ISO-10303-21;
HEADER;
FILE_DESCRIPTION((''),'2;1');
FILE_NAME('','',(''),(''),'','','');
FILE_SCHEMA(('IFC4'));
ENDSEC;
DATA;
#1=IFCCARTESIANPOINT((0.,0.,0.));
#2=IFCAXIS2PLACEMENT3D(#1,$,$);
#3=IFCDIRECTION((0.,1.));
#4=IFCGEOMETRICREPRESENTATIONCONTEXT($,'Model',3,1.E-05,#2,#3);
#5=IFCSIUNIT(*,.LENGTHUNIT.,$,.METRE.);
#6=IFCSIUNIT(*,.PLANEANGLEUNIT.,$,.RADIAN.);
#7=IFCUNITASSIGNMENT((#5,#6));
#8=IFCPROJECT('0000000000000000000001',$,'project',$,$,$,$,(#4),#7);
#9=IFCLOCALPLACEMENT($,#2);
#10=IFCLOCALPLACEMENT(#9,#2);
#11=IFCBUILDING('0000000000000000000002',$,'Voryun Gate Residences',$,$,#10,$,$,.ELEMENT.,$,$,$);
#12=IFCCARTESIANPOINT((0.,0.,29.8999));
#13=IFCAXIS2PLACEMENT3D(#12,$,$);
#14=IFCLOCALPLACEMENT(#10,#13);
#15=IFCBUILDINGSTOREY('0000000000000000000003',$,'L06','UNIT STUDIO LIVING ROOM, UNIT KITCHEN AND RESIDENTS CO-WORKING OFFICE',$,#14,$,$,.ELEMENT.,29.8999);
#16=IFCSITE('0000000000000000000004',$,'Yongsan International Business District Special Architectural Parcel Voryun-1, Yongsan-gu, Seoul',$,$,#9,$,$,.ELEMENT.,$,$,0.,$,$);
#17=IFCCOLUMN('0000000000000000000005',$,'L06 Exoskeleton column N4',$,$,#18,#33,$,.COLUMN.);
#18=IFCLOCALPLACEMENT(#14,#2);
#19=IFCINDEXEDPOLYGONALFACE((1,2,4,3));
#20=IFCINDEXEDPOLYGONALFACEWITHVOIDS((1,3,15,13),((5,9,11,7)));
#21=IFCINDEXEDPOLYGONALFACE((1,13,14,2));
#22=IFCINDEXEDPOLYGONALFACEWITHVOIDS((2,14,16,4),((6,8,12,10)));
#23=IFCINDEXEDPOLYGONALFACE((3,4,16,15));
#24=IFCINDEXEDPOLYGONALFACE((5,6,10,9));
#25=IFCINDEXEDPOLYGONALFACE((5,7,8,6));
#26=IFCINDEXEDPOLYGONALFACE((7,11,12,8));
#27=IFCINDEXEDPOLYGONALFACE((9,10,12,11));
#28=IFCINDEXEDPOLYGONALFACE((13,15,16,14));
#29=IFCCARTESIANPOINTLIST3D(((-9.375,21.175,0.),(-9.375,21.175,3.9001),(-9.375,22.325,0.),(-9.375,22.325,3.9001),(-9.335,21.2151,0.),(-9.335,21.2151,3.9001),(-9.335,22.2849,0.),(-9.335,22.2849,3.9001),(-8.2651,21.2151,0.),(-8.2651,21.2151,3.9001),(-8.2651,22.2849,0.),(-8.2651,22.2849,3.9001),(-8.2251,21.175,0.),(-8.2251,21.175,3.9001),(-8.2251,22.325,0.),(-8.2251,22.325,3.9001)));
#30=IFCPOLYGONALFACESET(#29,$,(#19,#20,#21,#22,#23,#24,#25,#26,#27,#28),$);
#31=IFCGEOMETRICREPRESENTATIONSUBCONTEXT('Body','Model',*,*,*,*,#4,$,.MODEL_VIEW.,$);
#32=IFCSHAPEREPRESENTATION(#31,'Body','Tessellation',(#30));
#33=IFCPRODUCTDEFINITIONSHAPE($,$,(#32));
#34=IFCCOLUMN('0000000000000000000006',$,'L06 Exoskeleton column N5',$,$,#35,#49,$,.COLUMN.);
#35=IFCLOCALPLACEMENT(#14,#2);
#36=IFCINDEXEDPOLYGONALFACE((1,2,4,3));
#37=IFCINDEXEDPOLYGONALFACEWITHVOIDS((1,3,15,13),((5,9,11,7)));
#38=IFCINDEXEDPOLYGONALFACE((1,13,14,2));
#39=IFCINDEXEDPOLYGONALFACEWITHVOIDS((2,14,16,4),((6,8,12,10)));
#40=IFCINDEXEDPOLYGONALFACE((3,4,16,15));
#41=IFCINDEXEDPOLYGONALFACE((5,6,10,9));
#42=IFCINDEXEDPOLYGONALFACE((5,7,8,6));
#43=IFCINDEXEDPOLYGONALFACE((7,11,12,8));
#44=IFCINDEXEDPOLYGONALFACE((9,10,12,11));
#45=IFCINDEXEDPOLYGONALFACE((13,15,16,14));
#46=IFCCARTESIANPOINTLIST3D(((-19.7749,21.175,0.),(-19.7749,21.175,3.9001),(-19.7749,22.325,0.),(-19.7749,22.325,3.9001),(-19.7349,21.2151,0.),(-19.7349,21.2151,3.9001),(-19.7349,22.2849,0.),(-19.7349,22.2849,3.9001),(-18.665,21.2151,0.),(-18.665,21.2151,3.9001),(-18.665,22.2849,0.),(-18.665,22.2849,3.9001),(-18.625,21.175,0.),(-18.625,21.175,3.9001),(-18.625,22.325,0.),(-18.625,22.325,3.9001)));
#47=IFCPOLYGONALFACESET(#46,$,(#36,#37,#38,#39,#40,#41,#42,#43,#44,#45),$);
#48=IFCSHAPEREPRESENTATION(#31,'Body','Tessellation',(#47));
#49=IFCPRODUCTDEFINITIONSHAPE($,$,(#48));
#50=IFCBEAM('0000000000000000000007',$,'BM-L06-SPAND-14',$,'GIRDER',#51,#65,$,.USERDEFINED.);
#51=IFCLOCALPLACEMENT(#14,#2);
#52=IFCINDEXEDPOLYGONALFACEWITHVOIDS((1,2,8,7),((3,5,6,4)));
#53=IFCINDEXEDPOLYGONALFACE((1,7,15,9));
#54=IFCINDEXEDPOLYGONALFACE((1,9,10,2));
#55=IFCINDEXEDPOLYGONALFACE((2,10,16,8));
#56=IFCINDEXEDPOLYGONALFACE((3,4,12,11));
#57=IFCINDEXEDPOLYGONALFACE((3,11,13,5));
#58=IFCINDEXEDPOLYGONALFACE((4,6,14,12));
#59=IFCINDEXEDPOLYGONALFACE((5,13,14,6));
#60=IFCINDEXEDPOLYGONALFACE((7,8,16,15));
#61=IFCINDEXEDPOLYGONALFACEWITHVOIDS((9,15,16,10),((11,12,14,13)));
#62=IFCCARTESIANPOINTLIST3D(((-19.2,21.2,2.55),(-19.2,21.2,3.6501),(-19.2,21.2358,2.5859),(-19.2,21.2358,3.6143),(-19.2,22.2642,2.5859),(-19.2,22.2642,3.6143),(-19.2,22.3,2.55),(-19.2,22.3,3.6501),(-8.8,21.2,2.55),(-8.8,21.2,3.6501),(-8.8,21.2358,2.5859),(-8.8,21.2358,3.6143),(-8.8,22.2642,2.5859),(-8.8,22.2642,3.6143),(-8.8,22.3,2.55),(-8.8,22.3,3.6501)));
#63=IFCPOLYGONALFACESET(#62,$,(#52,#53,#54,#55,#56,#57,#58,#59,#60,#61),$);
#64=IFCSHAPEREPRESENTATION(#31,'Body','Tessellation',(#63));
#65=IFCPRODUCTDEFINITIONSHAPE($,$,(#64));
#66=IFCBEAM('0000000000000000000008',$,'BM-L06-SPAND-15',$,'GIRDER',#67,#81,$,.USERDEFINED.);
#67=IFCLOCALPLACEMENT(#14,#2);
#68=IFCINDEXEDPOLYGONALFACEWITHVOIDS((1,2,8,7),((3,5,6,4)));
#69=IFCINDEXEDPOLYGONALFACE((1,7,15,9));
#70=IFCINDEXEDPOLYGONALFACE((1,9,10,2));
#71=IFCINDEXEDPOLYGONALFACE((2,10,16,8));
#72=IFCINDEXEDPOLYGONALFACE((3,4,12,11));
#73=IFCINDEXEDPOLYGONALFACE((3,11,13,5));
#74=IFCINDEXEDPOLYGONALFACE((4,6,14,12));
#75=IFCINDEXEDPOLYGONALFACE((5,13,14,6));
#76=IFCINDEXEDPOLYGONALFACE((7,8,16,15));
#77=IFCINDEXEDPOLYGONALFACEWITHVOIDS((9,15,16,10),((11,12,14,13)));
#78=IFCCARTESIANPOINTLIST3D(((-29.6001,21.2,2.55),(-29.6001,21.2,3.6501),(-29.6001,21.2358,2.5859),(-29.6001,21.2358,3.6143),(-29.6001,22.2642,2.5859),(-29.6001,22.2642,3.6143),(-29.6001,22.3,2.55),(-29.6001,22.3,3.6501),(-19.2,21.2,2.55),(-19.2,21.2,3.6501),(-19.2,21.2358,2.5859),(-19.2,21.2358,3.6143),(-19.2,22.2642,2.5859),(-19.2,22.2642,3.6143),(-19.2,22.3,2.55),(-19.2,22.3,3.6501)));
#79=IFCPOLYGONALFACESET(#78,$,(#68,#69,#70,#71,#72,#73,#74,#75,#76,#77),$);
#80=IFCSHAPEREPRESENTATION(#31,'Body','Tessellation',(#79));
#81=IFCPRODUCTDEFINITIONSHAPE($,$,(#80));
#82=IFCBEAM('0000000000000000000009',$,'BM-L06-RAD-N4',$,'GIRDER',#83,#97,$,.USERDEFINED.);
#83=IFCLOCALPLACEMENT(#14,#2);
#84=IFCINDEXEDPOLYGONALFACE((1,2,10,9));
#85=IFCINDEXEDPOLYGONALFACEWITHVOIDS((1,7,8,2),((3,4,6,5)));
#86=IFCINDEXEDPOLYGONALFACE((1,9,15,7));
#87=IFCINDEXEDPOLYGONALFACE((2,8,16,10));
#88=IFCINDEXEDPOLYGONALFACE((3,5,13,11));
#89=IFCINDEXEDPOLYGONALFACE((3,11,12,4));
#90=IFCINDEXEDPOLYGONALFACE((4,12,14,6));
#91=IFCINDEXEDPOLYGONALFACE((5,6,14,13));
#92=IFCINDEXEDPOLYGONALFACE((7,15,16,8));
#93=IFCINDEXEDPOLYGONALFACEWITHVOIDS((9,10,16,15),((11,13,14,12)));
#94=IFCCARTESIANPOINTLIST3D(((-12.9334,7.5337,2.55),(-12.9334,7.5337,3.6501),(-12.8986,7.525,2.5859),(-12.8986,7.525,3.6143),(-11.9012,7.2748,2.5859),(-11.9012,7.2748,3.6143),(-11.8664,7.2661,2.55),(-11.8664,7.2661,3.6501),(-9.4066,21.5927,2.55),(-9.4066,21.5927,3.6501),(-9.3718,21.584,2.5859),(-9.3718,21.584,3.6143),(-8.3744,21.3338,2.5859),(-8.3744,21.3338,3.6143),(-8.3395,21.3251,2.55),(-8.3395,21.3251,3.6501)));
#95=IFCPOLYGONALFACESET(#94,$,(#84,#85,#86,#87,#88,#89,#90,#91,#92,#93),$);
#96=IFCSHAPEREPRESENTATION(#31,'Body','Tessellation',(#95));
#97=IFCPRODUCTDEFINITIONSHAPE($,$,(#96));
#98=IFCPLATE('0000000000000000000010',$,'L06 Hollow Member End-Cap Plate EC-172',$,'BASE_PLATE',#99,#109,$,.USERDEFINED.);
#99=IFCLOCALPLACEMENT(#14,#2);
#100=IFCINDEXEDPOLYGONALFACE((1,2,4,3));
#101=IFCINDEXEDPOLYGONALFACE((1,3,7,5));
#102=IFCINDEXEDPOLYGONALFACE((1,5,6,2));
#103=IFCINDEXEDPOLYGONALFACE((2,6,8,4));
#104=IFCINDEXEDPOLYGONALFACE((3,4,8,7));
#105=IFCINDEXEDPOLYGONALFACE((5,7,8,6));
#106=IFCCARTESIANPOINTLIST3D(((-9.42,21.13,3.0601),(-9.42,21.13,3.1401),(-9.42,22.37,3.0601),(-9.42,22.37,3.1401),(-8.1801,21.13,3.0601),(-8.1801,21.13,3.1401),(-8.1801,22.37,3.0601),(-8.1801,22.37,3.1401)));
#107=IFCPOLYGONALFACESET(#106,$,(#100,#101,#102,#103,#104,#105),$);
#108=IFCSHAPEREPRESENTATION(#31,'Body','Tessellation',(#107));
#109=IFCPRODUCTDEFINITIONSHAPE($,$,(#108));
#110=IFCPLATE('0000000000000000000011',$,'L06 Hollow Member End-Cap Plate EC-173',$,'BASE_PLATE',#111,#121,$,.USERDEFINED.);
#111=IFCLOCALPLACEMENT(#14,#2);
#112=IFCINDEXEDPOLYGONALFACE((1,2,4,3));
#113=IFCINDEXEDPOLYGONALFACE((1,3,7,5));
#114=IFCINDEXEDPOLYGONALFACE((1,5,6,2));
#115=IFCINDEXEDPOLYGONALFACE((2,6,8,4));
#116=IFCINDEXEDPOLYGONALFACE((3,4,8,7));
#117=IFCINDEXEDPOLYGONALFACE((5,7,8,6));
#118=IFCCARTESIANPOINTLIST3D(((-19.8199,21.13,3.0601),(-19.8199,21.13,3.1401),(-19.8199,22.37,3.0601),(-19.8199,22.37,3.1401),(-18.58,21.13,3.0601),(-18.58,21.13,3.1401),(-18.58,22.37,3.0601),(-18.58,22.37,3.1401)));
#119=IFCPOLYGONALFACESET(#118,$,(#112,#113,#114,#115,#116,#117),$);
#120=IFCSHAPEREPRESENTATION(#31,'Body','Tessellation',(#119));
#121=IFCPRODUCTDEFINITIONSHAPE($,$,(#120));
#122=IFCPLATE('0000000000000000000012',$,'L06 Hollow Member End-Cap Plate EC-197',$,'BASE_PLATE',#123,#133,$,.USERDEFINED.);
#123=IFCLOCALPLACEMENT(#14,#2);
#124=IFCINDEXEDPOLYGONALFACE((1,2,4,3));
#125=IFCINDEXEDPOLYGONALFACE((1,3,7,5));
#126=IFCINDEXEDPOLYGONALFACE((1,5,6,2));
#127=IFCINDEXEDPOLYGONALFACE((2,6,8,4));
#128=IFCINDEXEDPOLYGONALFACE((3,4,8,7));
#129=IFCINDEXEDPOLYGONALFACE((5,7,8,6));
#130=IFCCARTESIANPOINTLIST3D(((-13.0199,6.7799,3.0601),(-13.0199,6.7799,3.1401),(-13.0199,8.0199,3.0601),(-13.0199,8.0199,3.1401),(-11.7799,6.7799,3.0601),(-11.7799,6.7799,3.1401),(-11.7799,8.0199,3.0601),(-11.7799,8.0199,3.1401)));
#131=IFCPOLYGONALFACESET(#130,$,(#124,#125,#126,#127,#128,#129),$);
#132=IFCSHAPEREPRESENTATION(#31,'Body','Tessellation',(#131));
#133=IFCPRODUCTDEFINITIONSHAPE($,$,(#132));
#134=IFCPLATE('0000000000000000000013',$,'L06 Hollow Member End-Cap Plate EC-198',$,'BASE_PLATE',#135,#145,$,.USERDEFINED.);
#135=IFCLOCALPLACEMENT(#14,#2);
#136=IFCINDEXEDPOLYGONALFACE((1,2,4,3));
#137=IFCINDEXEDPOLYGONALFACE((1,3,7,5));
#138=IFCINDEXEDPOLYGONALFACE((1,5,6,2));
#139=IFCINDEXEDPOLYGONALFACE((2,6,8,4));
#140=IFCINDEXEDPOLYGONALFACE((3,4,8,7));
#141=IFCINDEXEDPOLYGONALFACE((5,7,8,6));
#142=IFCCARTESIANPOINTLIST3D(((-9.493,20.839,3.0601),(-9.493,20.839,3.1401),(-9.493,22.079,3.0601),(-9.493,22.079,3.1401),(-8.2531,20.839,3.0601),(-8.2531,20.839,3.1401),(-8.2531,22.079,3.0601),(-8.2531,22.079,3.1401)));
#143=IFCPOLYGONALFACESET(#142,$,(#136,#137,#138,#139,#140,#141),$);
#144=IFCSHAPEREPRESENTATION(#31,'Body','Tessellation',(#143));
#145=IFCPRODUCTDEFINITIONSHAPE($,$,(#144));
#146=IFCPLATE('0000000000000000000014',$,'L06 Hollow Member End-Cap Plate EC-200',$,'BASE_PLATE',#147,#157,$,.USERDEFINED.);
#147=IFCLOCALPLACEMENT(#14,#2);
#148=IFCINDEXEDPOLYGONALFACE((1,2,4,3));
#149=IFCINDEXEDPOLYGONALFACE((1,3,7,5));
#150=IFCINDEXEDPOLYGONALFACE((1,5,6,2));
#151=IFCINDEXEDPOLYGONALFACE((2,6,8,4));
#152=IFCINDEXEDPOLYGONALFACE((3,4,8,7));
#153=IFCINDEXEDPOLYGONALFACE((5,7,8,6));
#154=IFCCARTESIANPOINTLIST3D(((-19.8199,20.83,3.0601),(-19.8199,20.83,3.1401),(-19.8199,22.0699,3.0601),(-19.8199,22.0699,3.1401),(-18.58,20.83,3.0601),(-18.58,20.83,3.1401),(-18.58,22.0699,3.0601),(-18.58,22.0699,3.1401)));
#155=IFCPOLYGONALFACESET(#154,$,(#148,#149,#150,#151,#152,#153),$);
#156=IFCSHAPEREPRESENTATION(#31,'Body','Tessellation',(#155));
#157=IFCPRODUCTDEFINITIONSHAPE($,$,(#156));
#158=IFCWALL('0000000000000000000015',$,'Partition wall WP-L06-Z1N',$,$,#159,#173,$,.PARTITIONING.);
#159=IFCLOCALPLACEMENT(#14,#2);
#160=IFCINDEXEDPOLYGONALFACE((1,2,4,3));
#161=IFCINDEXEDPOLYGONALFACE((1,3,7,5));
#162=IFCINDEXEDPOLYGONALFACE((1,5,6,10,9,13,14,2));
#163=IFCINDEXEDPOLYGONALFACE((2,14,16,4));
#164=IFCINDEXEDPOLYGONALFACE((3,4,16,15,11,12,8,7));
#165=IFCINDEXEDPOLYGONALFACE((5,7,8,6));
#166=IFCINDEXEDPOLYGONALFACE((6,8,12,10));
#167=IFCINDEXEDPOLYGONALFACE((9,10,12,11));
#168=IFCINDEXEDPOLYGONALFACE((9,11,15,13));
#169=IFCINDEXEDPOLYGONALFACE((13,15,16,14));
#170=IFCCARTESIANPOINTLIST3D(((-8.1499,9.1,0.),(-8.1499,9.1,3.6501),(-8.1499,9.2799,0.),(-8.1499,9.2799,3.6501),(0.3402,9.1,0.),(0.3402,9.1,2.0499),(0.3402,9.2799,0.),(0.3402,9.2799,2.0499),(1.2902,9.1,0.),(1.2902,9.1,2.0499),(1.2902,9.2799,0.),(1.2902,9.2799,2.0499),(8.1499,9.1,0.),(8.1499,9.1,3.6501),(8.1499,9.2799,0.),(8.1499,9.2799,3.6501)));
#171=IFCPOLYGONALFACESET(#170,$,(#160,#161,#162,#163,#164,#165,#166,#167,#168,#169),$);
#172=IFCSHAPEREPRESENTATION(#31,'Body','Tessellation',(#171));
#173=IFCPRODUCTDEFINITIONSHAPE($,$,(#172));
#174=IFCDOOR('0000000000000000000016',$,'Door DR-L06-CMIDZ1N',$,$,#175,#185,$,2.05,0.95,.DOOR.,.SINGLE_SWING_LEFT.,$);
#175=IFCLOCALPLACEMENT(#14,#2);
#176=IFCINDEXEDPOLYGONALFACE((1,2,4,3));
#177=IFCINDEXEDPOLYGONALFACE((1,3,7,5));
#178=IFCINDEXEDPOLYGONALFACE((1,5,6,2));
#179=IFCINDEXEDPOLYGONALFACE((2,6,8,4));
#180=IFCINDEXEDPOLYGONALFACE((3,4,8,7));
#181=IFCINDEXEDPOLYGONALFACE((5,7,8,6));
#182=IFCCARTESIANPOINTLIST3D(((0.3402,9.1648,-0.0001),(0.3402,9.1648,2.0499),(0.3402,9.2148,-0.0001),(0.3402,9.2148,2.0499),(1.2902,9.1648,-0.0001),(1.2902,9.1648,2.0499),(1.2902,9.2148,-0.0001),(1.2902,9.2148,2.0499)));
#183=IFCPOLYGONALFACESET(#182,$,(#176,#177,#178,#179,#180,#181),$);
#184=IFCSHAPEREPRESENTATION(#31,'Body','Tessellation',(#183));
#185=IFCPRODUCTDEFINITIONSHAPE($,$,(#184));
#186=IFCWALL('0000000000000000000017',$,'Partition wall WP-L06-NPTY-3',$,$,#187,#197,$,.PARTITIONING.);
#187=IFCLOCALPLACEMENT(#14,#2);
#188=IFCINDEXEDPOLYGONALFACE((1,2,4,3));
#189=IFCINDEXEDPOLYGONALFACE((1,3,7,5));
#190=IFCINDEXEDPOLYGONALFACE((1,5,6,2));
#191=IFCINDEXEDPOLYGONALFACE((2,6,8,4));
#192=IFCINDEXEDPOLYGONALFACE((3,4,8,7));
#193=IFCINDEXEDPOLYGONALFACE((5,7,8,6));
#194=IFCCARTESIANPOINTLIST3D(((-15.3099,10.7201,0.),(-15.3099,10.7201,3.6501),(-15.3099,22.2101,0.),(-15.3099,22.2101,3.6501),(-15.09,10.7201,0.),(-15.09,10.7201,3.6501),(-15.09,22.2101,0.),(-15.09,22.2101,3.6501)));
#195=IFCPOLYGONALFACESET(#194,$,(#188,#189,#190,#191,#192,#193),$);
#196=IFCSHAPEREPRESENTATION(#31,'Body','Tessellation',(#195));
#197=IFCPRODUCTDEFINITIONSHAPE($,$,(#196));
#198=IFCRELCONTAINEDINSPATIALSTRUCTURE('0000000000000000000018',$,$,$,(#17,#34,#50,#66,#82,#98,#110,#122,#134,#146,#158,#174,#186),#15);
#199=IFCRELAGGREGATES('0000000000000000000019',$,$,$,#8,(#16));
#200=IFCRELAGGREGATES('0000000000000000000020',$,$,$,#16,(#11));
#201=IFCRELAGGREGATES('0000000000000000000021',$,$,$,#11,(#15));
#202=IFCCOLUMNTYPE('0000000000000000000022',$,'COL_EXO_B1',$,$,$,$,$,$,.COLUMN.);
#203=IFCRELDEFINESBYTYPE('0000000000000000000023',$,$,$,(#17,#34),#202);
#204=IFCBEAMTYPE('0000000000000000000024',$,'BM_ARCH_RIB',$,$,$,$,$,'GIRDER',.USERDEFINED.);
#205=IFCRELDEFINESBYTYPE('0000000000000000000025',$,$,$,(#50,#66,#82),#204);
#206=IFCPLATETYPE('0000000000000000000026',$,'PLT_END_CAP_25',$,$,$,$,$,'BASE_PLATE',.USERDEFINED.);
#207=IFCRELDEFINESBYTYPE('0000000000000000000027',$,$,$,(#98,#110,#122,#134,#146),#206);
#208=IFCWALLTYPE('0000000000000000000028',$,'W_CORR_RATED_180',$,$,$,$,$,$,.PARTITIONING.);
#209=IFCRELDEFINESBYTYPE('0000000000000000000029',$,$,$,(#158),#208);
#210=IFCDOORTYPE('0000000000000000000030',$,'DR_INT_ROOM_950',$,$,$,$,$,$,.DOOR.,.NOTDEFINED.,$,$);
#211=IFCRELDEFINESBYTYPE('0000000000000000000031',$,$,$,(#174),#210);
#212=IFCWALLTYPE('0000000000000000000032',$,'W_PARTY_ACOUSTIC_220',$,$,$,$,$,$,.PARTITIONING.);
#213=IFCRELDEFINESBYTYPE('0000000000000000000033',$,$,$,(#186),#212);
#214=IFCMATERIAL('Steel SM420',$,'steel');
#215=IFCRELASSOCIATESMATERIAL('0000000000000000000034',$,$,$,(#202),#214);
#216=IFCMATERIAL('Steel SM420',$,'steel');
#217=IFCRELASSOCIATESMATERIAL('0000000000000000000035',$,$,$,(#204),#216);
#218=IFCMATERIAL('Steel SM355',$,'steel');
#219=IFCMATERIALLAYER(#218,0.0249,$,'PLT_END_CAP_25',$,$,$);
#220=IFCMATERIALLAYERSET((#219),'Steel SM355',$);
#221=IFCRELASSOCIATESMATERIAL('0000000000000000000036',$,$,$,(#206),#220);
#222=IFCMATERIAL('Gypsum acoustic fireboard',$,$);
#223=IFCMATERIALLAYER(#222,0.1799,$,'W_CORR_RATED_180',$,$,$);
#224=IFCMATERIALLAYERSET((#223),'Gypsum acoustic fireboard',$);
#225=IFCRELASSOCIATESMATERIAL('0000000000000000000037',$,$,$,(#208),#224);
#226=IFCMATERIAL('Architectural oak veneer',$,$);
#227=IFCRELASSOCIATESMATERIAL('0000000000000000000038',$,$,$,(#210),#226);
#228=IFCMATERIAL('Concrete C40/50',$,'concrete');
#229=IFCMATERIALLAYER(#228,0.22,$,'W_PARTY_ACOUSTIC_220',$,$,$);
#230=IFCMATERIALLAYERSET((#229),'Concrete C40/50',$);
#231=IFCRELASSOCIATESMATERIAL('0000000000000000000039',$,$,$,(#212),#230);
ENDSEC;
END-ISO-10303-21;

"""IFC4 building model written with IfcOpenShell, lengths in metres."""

from ifc_helpers import new_model, si_unit, direction, frame, frame_2d, origin, origin_2d, place, context, subcontext, project, spatial, rectangle, hollow_rectangle, extrude, material, layer, layer_set, material_profile, profile_set, type_object, element, fill, save


model = new_model("IFC4")

# Units and contexts
model_context = context("Model", 3, precision=1e-05, world=origin(), true_north=direction((0.0, 1.0)))
body_context = subcontext(model_context, "Body", "Model", "MODEL_VIEW")
ifc_project = project(units=[si_unit("LENGTHUNIT", "METRE"), si_unit("PLANEANGLEUNIT", "RADIAN")], contexts=[model_context])

# Site, building, storey
site_placement = place(None, origin())
site = spatial("IfcSite", under=ifc_project, at=site_placement, Name="Yongsan International Business District Special Architectural Parcel Voryun-1, Yongsan-gu, Seoul", CompositionType="ELEMENT", RefElevation=0.0)
building_placement = place(site_placement, origin())
building = spatial("IfcBuilding", under=site, at=building_placement, Name="Voryun Gate Residences", CompositionType="ELEMENT")
storey_placement = place(building_placement, frame((0.0, 0.0, 29.8999)))
storey = spatial("IfcBuildingStorey", under=building, at=storey_placement, Name="L06", Description="UNIT STUDIO LIVING ROOM, UNIT KITCHEN AND RESIDENTS CO-WORKING OFFICE", CompositionType="ELEMENT", Elevation=29.8999)

# Columns
ifc_material_1 = material(Name="Steel SM420", Category="steel")
ifc_material_profile_1 = material_profile(ifc_material_1, hollow_rectangle(XDim=1.1499, YDim=1.1499, WallThickness=0.04, at=origin_2d()), Name="BOX-1150x1150x40")
ifc_profile_set_1 = profile_set([ifc_material_profile_1], Name="Steel SM420")
column_type = type_object("IfcColumnType", Name="COL_EXO_B1", PredefinedType="COLUMN", material=ifc_profile_set_1)
for number, where, z_axis, x_axis, name in (
    (1, (-8.8, 21.75, 0.0), (0.0, 0.0, 1.0), (1.0, 0.0, 0.0), "L06 Exoskeleton column N4"),
    (2, (-19.2, 21.75, 0.0), (0.0, 0.0, 1.0), (1.0, 0.0, 0.0), "L06 Exoskeleton column N5"),
):
    element("IfcColumn", number, at=place(storey_placement, frame(where, z_axis=z_axis, x_axis=x_axis)), inside=storey, type_object=column_type, Name=name, PredefinedType="COLUMN", context=body_context, shape_type="SweptSolid", body=[
        extrude(hollow_rectangle(XDim=1.1499, YDim=1.1499, WallThickness=0.04, at=origin_2d()), origin(), (0.0, 0.0, 1.0), 3.9001),
    ])

# Beams
ifc_material_2 = material(Name="Steel SM420", Category="steel")
ifc_material_profile_2 = material_profile(ifc_material_2, hollow_rectangle(XDim=1.1001, YDim=1.1001, WallThickness=0.0359, at=origin_2d()), Name="BOX-1100x1100x36")
ifc_profile_set_2 = profile_set([ifc_material_profile_2], Name="Steel SM420")
beam_type = type_object("IfcBeamType", Name="BM_ARCH_RIB", ElementType="GIRDER", PredefinedType="USERDEFINED", material=ifc_profile_set_2)
beam_1_placement = place(storey_placement, frame((-8.8, 21.75, 3.1001), z_axis=(-1.0, 0.0, 0.0), x_axis=(0.0, -1.0, 0.0)))
element("IfcBeam", 3, at=beam_1_placement, inside=storey, type_object=beam_type, Name="BM-L06-SPAND-14", ObjectType="GIRDER", PredefinedType="USERDEFINED", context=body_context, shape_type="SweptSolid", body=[
    extrude(hollow_rectangle(XDim=1.1001, YDim=1.1001, WallThickness=0.0359, at=origin_2d()), origin(), (0.0, 0.0, 1.0), 10.3999),
])
beam_2_placement = place(storey_placement, frame((-19.2, 21.75, 3.1001), z_axis=(-1.0, 0.0, 0.0), x_axis=(0.0, -1.0, 0.0)))
element("IfcBeam", 4, at=beam_2_placement, inside=storey, type_object=beam_type, Name="BM-L06-SPAND-15", ObjectType="GIRDER", PredefinedType="USERDEFINED", context=body_context, shape_type="SweptSolid", body=[
    extrude(hollow_rectangle(XDim=1.1001, YDim=1.1001, WallThickness=0.0359, at=origin_2d()), origin(), (0.0, 0.0, 1.0), 10.4001),
])
beam_3_placement = place(storey_placement, frame((-12.3999, 7.3999, 3.1001), z_axis=(0.24332, 0.969946, 0.0), x_axis=(-0.969946, 0.24332, 0.0)))
element("IfcBeam", 5, at=beam_3_placement, inside=storey, type_object=beam_type, Name="BM-L06-RAD-N4", ObjectType="GIRDER", PredefinedType="USERDEFINED", context=body_context, shape_type="SweptSolid", body=[
    extrude(hollow_rectangle(XDim=1.1001, YDim=1.1001, WallThickness=0.0359, at=origin_2d()), origin(), (0.0, 0.0, 1.0), 14.4946),
])

# Plates
ifc_material_3 = material(Name="Steel SM355", Category="steel")
ifc_layer_1 = layer(ifc_material_3, 0.0249, Name="PLT_END_CAP_25")
ifc_layer_set_1 = layer_set([ifc_layer_1], Name="Steel SM355")
plate_type = type_object("IfcPlateType", Name="PLT_END_CAP_25", ElementType="BASE_PLATE", PredefinedType="USERDEFINED", material=ifc_layer_set_1)
for number, where, z_axis, x_axis, name in (
    (6, (-8.8, 21.75, 3.0601), (0.0, 0.0, 1.0), (1.0, 0.0, 0.0), "L06 Hollow Member End-Cap Plate EC-172"),
    (7, (-19.2, 21.75, 3.0601), (0.0, 0.0, 1.0), (1.0, 0.0, 0.0), "L06 Hollow Member End-Cap Plate EC-173"),
    (8, (-12.3999, 7.3999, 3.0601), (0.0, 0.0, 1.0), (1.0, 0.0, 0.0), "L06 Hollow Member End-Cap Plate EC-197"),
    (9, (-8.873, 21.459, 3.0601), (0.0, 0.0, 1.0), (1.0, 0.0, 0.0), "L06 Hollow Member End-Cap Plate EC-198"),
    (10, (-19.2, 21.45, 3.0601), (0.0, 0.0, 1.0), (1.0, 0.0, 0.0), "L06 Hollow Member End-Cap Plate EC-200"),
):
    element("IfcPlate", number, at=place(storey_placement, frame(where, z_axis=z_axis, x_axis=x_axis)), inside=storey, type_object=plate_type, Name=name, ObjectType="BASE_PLATE", PredefinedType="USERDEFINED", context=body_context, shape_type="SweptSolid", body=[
        extrude(rectangle(XDim=1.24, YDim=1.24, at=origin_2d()), origin(), (0.0, 0.0, 1.0), 0.0801),
    ])

# Wall, opening, door
ifc_material_4 = material(Name="Gypsum acoustic fireboard")
ifc_layer_2 = layer(ifc_material_4, 0.1799, Name="W_CORR_RATED_180")
ifc_layer_set_2 = layer_set([ifc_layer_2], Name="Gypsum acoustic fireboard")
wall_type_1 = type_object("IfcWallType", Name="W_CORR_RATED_180", PredefinedType="PARTITIONING", material=ifc_layer_set_2)
wall_1_placement = place(storey_placement, frame((-8.1499, 9.1899, 0.0), z_axis=(0.0, 0.0, 1.0), x_axis=(1.0, 0.0, 0.0)))
wall_1 = element("IfcWall", 11, at=wall_1_placement, inside=storey, type_object=wall_type_1, Name="Partition wall WP-L06-Z1N", PredefinedType="PARTITIONING", context=body_context, shape_type="SweptSolid", body=[
    extrude(rectangle(XDim=16.2998, YDim=0.1799, at=frame_2d((8.1499, 0.0))), origin(), (0.0, 0.0, 1.0), 3.6501),
])
opening_1_placement = place(wall_1_placement, frame((8.49, 0.0, 0.0)))
opening_1 = element("IfcOpeningElement", 12, at=opening_1_placement, cuts=wall_1, PredefinedType="OPENING", context=body_context, shape_type="SweptSolid", body=[
    extrude(rectangle(XDim=0.95, YDim=2.05, at=frame_2d((0.4751, 1.0249))), frame((0.0, 0.0999, 0.0), z_axis=(0.0, -1.0, 0.0), x_axis=(1.0, 0.0, 0.0)), (0.0, 0.0, 1.0), 0.2),
])
ifc_material_5 = material(Name="Architectural oak veneer")
door_type_1 = type_object("IfcDoorType", Name="DR_INT_ROOM_950", OperationType="NOTDEFINED", PredefinedType="DOOR", material=ifc_material_5)
door_1_placement = place(opening_1_placement, origin())
door_1 = element("IfcDoor", 13, at=door_1_placement, inside=storey, type_object=door_type_1, Name="Door DR-L06-CMIDZ1N", OperationType="SINGLE_SWING_LEFT", OverallHeight=2.05, OverallWidth=0.95, PredefinedType="DOOR", context=body_context, shape_type="SweptSolid", body=[
    extrude(rectangle(XDim=0.95, YDim=2.05, at=frame_2d((0.4751, 1.0249))), frame((0.0, 0.0249, 0.0), z_axis=(0.0, -1.0, 0.0), x_axis=(1.0, 0.0, 0.0)), (0.0, 0.0, 1.0), 0.05),
])
fill(opening_1, door_1)

# Wall
ifc_material_6 = material(Name="Concrete C40/50", Category="concrete")
ifc_layer_3 = layer(ifc_material_6, 0.22, Name="W_PARTY_ACOUSTIC_220")
ifc_layer_set_3 = layer_set([ifc_layer_3], Name="Concrete C40/50")
wall_type_2 = type_object("IfcWallType", Name="W_PARTY_ACOUSTIC_220", PredefinedType="PARTITIONING", material=ifc_layer_set_3)
wall_2_placement = place(storey_placement, frame((-15.2, 10.72, 0.0), z_axis=(0.0, 0.0, 1.0), x_axis=(0.0, 1.0, 0.0)))
element("IfcWall", 14, at=wall_2_placement, inside=storey, type_object=wall_type_2, Name="Partition wall WP-L06-NPTY-3", PredefinedType="PARTITIONING", context=body_context, shape_type="SweptSolid", body=[
    extrude(rectangle(XDim=11.49, YDim=0.22, at=frame_2d((5.7451, 0.0))), origin(), (0.0, 0.0, 1.0), 3.6501),
])

save(model, "model.ifc")
